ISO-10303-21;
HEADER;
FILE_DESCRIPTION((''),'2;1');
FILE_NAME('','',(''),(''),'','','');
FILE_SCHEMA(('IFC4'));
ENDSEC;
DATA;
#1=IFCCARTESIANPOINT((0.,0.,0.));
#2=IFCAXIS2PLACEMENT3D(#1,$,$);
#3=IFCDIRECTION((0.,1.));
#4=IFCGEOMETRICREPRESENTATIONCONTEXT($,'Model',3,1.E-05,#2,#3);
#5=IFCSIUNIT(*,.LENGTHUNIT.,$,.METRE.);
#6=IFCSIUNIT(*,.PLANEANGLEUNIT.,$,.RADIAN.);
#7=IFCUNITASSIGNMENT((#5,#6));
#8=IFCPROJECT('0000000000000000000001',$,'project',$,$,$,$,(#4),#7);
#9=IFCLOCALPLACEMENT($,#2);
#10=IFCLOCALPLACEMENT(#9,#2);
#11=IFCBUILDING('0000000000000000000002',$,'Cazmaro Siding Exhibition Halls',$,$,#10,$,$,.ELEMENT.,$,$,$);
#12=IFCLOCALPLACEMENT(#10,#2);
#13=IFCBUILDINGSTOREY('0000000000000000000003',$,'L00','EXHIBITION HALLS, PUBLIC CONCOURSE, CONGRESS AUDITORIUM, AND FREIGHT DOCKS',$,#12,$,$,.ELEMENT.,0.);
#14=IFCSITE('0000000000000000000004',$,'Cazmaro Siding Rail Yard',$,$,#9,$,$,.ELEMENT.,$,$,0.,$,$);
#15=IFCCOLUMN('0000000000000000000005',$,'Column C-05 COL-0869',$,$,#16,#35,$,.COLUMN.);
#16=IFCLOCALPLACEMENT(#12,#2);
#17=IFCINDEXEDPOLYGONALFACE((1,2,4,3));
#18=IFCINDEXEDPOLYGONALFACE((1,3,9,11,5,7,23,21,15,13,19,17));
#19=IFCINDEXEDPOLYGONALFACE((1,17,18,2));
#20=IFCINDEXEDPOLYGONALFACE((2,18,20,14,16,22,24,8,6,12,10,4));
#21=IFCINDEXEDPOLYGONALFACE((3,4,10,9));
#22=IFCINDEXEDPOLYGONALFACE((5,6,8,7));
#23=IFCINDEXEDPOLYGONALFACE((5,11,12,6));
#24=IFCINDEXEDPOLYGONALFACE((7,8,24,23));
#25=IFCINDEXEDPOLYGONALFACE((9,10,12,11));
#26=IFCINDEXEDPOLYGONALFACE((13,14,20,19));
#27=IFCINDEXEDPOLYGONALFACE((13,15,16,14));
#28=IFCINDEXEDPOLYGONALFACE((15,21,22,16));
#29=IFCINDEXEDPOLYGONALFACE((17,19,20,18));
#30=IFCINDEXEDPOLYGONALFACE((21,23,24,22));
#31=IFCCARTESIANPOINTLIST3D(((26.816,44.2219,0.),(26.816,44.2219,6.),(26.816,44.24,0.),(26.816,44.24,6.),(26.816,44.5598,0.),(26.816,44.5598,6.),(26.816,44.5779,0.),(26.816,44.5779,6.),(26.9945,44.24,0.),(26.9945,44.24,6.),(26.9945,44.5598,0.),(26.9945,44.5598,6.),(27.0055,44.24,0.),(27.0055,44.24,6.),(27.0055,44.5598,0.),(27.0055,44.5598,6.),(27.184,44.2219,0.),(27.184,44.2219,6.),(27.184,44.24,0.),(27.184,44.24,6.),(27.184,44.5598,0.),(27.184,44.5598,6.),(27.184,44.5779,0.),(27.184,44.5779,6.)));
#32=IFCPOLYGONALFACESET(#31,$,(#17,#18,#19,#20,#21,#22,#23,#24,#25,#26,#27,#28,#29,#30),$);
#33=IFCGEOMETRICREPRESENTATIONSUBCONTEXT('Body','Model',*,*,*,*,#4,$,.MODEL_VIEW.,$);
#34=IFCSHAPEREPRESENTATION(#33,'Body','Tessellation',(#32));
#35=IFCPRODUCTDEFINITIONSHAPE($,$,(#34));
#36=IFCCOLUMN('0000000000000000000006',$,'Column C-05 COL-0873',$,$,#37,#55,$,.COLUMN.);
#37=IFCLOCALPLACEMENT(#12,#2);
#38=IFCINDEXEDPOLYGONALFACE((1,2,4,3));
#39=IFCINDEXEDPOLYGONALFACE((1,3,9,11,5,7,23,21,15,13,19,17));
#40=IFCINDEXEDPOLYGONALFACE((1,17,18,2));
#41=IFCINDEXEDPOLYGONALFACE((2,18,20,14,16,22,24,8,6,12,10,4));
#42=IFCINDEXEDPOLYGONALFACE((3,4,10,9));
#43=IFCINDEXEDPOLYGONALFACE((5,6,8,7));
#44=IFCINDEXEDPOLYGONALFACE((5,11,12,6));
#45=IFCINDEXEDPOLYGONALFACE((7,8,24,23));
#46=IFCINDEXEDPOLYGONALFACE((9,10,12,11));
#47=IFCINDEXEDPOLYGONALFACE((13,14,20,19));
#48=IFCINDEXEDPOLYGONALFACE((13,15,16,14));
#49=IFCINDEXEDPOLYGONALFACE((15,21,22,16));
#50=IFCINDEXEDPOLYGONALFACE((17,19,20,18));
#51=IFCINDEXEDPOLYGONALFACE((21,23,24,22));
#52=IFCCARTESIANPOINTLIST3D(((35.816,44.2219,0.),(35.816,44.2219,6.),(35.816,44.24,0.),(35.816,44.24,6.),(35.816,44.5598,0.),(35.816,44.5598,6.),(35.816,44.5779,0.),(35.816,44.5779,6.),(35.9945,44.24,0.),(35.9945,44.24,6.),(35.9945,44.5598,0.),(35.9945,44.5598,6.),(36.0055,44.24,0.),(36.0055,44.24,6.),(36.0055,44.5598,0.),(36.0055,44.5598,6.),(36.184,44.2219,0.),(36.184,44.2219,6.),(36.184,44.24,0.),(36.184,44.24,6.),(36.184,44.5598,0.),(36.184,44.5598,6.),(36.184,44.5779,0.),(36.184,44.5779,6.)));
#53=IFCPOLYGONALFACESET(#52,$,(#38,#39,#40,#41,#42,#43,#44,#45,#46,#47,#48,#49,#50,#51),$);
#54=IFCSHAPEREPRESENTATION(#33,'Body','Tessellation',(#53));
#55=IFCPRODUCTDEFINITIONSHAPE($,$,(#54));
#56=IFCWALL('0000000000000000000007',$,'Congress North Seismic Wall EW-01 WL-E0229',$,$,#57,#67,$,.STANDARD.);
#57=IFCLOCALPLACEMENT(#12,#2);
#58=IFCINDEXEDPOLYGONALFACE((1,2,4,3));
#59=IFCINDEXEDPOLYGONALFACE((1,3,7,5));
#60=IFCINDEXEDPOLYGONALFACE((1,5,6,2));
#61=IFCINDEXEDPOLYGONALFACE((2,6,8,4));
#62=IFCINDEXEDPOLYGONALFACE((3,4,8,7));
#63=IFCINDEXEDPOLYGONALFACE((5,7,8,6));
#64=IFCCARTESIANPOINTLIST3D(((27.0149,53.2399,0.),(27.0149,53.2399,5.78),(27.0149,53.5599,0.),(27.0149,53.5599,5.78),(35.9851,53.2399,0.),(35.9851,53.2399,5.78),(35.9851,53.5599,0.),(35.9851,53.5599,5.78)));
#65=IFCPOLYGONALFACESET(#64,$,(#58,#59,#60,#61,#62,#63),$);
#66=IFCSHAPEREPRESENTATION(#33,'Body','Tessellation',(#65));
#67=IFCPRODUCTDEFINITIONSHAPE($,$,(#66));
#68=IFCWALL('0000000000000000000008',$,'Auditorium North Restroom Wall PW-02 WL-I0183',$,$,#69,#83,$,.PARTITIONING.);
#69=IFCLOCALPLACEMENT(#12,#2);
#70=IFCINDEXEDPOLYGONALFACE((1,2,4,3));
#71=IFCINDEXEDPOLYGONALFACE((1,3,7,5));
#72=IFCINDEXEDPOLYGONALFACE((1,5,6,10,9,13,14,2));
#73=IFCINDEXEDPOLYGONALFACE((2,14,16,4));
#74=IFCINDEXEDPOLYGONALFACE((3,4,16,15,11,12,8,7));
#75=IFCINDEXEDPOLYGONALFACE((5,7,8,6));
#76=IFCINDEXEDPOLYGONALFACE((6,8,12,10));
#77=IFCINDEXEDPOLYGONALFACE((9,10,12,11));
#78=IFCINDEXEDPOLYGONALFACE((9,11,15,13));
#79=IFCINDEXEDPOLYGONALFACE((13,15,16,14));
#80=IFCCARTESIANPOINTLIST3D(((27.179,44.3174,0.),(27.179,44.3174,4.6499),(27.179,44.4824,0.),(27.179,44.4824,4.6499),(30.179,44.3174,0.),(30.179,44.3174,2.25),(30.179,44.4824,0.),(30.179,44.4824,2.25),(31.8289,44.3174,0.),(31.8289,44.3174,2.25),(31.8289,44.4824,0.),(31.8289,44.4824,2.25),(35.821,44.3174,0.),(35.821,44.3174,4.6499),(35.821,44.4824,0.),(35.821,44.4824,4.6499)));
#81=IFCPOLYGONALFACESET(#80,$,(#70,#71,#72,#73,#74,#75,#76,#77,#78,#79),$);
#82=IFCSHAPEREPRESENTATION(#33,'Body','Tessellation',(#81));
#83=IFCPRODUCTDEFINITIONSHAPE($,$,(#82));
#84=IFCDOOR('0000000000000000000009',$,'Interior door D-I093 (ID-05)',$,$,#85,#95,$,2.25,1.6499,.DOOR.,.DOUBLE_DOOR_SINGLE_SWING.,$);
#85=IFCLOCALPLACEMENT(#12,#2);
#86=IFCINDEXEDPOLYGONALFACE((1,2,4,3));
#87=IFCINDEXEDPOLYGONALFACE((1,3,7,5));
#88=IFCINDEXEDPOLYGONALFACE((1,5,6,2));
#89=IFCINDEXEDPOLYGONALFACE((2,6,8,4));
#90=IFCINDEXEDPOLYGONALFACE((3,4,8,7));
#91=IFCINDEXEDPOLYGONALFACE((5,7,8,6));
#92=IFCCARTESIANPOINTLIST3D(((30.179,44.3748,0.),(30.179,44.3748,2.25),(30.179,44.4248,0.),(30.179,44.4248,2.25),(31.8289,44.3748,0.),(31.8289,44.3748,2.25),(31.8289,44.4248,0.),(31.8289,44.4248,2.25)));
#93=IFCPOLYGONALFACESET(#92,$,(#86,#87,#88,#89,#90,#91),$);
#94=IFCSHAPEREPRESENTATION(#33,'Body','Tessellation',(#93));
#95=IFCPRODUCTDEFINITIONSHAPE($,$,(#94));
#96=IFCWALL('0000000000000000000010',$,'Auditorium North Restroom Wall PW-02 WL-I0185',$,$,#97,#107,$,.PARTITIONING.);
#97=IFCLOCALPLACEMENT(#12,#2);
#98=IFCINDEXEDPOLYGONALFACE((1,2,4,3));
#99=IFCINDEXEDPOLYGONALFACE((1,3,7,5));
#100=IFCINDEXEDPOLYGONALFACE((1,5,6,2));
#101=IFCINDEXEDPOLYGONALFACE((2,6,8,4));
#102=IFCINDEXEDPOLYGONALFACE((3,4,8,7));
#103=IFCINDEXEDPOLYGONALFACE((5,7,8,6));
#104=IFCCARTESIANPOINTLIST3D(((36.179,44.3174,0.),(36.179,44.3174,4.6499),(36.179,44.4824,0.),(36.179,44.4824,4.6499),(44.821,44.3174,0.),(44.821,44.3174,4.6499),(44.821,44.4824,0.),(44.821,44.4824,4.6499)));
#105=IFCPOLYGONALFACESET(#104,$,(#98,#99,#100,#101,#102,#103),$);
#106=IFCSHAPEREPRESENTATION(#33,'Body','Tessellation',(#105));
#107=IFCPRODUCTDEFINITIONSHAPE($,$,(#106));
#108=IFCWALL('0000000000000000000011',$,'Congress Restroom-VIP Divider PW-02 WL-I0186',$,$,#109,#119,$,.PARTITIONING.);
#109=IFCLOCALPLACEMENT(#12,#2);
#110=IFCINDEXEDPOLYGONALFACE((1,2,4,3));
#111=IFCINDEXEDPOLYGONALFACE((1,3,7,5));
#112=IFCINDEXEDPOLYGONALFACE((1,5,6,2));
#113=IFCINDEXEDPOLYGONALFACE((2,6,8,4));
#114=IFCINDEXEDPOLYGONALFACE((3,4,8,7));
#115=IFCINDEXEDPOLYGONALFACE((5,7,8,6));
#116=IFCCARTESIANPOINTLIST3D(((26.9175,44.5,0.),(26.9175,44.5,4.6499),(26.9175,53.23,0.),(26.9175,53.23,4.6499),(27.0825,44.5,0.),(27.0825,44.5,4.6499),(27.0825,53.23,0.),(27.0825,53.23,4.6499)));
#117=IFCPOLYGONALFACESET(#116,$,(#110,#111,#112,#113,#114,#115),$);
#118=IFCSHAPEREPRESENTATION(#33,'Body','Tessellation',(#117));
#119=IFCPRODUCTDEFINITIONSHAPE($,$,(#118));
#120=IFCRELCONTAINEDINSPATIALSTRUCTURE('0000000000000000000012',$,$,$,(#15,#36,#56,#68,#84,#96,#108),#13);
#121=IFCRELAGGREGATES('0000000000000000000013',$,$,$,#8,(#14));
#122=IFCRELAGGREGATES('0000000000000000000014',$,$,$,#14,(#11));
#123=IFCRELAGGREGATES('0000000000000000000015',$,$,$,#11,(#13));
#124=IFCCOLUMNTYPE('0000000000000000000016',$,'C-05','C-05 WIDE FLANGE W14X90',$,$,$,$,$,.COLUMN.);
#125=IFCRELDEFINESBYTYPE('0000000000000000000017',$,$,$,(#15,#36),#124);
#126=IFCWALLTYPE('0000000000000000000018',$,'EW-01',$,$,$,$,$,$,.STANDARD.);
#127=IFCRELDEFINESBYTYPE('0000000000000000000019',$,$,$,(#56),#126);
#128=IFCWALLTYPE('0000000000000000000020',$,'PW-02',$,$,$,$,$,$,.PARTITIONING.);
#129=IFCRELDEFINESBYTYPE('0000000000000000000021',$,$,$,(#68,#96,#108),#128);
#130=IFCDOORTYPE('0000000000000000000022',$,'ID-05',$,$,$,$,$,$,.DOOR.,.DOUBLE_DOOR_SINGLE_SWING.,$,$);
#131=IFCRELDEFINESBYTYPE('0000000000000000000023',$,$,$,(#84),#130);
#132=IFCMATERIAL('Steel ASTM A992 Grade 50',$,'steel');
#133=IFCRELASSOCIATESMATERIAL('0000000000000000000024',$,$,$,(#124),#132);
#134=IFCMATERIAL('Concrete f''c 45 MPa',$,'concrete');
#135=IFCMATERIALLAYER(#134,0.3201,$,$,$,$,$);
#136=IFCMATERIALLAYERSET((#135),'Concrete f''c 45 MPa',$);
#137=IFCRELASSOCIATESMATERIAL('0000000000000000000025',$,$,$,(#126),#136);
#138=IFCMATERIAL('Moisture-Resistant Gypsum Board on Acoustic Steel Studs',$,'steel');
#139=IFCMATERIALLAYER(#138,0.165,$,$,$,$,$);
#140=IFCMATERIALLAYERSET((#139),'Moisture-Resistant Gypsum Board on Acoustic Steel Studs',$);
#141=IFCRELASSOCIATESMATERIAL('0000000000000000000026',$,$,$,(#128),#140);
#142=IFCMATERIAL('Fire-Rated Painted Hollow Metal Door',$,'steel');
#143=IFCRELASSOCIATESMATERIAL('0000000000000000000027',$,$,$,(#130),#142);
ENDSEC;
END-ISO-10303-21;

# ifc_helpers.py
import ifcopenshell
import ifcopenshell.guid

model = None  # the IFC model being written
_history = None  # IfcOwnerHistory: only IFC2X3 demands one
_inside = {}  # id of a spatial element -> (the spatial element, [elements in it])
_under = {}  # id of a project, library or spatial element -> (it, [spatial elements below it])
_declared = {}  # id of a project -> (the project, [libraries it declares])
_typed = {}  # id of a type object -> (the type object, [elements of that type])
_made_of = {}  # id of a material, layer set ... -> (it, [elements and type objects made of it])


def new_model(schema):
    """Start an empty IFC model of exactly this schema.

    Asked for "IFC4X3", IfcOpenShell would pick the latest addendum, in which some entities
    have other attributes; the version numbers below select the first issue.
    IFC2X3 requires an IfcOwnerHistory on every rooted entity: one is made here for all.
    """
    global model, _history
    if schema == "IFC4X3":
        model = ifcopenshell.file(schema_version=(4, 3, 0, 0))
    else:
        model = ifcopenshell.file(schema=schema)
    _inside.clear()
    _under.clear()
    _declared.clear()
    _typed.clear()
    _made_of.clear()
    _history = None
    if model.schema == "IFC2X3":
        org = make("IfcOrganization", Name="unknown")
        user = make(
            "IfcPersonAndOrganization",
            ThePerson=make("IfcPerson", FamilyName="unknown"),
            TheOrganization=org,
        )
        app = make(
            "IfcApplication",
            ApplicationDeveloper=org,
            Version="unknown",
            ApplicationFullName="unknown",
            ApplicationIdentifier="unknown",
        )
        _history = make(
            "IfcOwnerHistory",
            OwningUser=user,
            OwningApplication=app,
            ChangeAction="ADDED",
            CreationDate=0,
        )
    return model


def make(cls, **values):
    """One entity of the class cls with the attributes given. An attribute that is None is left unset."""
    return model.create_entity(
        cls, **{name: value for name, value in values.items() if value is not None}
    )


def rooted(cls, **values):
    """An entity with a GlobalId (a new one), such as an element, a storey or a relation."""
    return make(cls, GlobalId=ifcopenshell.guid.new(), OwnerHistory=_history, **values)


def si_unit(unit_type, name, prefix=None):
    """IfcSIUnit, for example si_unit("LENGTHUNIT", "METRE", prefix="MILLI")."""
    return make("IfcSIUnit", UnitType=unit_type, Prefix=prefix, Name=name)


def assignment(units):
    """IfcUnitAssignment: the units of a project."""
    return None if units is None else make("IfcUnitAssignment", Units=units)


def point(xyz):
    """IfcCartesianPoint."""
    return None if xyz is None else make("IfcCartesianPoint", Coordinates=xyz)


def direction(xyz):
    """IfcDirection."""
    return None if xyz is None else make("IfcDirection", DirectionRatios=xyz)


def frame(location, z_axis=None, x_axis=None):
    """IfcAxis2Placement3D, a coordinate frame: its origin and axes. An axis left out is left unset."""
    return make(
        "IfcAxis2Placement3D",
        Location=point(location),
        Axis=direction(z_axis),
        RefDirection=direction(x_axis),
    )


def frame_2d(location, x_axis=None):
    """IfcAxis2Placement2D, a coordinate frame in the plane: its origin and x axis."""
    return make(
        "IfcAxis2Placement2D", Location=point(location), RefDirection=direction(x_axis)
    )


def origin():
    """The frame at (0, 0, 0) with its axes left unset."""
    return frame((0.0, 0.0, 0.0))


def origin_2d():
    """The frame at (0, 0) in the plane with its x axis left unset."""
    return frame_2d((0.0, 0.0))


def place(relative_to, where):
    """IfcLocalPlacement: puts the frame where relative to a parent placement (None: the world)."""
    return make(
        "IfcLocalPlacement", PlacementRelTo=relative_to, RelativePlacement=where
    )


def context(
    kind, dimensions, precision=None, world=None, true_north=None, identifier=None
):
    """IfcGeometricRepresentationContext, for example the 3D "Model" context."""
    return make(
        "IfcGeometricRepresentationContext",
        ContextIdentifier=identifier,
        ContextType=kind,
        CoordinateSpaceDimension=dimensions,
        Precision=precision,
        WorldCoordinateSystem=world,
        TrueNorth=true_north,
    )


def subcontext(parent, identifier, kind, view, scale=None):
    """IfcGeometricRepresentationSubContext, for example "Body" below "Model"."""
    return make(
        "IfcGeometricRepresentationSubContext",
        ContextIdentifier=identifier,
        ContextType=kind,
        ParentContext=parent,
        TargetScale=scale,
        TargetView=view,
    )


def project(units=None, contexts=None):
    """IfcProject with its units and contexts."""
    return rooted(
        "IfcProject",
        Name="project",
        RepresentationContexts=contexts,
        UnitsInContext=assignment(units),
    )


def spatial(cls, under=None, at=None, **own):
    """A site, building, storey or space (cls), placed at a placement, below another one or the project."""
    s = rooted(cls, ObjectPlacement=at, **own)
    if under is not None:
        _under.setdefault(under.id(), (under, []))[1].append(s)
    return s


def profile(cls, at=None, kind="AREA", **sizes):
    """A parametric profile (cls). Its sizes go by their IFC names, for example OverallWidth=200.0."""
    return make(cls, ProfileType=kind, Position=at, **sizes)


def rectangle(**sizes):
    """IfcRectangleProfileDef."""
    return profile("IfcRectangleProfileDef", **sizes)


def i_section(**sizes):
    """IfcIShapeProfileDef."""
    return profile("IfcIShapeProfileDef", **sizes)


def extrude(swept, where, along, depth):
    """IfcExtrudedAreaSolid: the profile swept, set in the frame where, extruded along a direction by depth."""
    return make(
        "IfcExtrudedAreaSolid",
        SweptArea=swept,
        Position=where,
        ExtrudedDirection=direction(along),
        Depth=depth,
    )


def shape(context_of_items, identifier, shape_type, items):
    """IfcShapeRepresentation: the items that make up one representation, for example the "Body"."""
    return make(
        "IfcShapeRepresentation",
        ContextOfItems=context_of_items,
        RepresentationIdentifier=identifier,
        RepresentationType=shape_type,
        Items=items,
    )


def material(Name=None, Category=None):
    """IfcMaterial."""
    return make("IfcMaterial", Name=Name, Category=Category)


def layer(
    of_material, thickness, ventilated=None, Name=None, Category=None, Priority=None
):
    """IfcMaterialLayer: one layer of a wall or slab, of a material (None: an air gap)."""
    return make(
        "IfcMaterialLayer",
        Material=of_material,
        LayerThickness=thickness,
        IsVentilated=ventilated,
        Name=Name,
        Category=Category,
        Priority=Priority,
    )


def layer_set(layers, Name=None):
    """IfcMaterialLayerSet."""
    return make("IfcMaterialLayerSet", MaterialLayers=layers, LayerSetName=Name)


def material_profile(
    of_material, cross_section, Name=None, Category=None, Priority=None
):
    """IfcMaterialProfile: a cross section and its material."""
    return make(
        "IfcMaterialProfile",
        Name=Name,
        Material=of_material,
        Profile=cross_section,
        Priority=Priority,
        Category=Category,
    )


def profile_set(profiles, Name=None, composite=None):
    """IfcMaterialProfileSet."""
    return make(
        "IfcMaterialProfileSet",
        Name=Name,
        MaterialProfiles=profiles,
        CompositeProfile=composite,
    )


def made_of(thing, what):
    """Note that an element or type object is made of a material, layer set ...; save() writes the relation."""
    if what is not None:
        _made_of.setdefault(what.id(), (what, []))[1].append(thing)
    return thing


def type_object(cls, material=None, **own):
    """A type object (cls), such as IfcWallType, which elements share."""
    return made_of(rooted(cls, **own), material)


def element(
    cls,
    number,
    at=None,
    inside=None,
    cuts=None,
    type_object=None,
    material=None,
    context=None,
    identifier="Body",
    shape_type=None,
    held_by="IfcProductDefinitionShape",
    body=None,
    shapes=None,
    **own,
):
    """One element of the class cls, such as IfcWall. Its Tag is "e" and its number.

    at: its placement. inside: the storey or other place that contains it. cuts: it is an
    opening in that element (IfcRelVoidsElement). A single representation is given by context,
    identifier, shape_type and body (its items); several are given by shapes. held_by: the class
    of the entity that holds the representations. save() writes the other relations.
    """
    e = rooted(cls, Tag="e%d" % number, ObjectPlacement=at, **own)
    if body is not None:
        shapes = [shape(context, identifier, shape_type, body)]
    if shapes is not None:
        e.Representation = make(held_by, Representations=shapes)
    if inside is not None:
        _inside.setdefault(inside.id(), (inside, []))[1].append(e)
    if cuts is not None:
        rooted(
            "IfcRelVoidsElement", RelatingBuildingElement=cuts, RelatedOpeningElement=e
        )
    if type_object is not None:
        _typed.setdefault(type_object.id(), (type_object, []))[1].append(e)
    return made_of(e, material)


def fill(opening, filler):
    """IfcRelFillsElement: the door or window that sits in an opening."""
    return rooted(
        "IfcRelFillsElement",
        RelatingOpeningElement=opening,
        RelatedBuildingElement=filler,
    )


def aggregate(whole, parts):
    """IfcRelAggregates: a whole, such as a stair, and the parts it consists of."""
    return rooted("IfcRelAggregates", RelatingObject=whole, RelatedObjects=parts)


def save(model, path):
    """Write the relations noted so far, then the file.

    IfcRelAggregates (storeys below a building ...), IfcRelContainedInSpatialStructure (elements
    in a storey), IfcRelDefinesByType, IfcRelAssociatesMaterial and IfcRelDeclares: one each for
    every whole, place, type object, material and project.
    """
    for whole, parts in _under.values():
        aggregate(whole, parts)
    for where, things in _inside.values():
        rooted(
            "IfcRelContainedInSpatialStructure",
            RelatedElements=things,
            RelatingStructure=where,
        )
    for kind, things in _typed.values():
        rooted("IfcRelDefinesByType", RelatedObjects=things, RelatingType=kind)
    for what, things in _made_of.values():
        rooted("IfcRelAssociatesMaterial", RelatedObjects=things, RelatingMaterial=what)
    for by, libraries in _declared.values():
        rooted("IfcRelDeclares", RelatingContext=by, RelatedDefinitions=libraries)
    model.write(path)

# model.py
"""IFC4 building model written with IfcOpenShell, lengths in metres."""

from ifc_helpers import new_model, si_unit, direction, frame, frame_2d, origin, origin_2d, place, context, subcontext, project, spatial, rectangle, i_section, extrude, material, layer, layer_set, material_profile, profile_set, type_object, element, fill, save


model = new_model("IFC4")

# Units and contexts
model_context = context("Model", 3, precision=1e-05, world=origin(), true_north=direction((0.0, 1.0)))
body_context = subcontext(model_context, "Body", "Model", "MODEL_VIEW")
ifc_project = project(units=[si_unit("LENGTHUNIT", "METRE"), si_unit("PLANEANGLEUNIT", "RADIAN")], contexts=[model_context])

# Site, building, storey
site_placement = place(None, origin())
site = spatial("IfcSite", under=ifc_project, at=site_placement, Name="Cazmaro Siding Rail Yard", CompositionType="ELEMENT", RefElevation=0.0)
building_placement = place(site_placement, origin())
building = spatial("IfcBuilding", under=site, at=building_placement, Name="Cazmaro Siding Exhibition Halls", CompositionType="ELEMENT")
storey_placement = place(building_placement, origin())
storey = spatial("IfcBuildingStorey", under=building, at=storey_placement, Name="L00", Description="EXHIBITION HALLS, PUBLIC CONCOURSE, CONGRESS AUDITORIUM, AND FREIGHT DOCKS", CompositionType="ELEMENT", Elevation=0.0)

# Columns
ifc_material_1 = material(Name="Steel ASTM A992 Grade 50", Category="steel")
ifc_material_profile_1 = material_profile(ifc_material_1, i_section(OverallWidth=0.3679, OverallDepth=0.356, WebThickness=0.011, FlangeThickness=0.0181, at=origin_2d()), Name="W14X90")
ifc_profile_set_1 = profile_set([ifc_material_profile_1], Name="Steel ASTM A992 Grade 50")
column_type_1 = type_object("IfcColumnType", Name="C-05", Description="C-05 WIDE FLANGE W14X90", PredefinedType="COLUMN", material=ifc_profile_set_1)
for number, where, z_axis, x_axis, name in (
    (1, (27.0, 44.3999, 0.0), (0.0, 0.0, 1.0), (1.0, 0.0, 0.0), "Column C-05 COL-0869"),
    (2, (36.0, 44.3999, 0.0), (0.0, 0.0, 1.0), (1.0, 0.0, 0.0), "Column C-05 COL-0873"),
):
    element("IfcColumn", number, at=place(storey_placement, frame(where, z_axis=z_axis, x_axis=x_axis)), inside=storey, type_object=column_type_1, Name=name, PredefinedType="COLUMN", context=body_context, shape_type="SweptSolid", body=[
        extrude(i_section(OverallWidth=0.3679, OverallDepth=0.356, WebThickness=0.011, FlangeThickness=0.0181, at=origin_2d()), origin(), (0.0, 0.0, 1.0), 6.0),
    ])

# Wall
ifc_material_2 = material(Name="Concrete f'c 45 MPa", Category="concrete")
ifc_layer_1 = layer(ifc_material_2, 0.3201)
ifc_layer_set_1 = layer_set([ifc_layer_1], Name="Concrete f'c 45 MPa")
wall_type_1 = type_object("IfcWallType", Name="EW-01", PredefinedType="STANDARD", material=ifc_layer_set_1)
wall_1_placement = place(storey_placement, frame((27.0149, 53.3999, 0.0), z_axis=(0.0, 0.0, 1.0), x_axis=(1.0, 0.0, 0.0)))
element("IfcWall", 3, at=wall_1_placement, inside=storey, type_object=wall_type_1, Name="Congress North Seismic Wall EW-01 WL-E0229", PredefinedType="STANDARD", context=body_context, shape_type="SweptSolid", body=[
    extrude(rectangle(XDim=8.9702, YDim=0.3201, at=frame_2d((4.4851, 0.0))), origin(), (0.0, 0.0, 1.0), 5.78),
])

# Wall, opening, door
ifc_material_3 = material(Name="Moisture-Resistant Gypsum Board on Acoustic Steel Studs", Category="steel")
ifc_layer_2 = layer(ifc_material_3, 0.165)
ifc_layer_set_2 = layer_set([ifc_layer_2], Name="Moisture-Resistant Gypsum Board on Acoustic Steel Studs")
wall_type_2 = type_object("IfcWallType", Name="PW-02", PredefinedType="PARTITIONING", material=ifc_layer_set_2)
wall_2_placement = place(storey_placement, frame((27.179, 44.3999, 0.0), z_axis=(0.0, 0.0, 1.0), x_axis=(1.0, 0.0, 0.0)))
wall_2 = element("IfcWall", 4, at=wall_2_placement, inside=storey, type_object=wall_type_2, Name="Auditorium North Restroom Wall PW-02 WL-I0183", PredefinedType="PARTITIONING", context=body_context, shape_type="SweptSolid", body=[
    extrude(rectangle(XDim=8.6421, YDim=0.165, at=frame_2d((4.321, 0.0))), origin(), (0.0, 0.0, 1.0), 4.6499),
])
opening_placement = place(wall_2_placement, frame((3.0, 0.0, 0.0)))
opening = element("IfcOpeningElement", 5, at=opening_placement, cuts=wall_2, PredefinedType="OPENING", context=body_context, shape_type="SweptSolid", body=[
    extrude(rectangle(XDim=1.6499, YDim=2.25, at=frame_2d((0.825, 1.125))), frame((0.0, 0.0925, 0.0), z_axis=(0.0, -1.0, 0.0), x_axis=(1.0, 0.0, 0.0)), (0.0, 0.0, 1.0), 0.1851),
])
ifc_material_4 = material(Name="Fire-Rated Painted Hollow Metal Door", Category="steel")
door_type = type_object("IfcDoorType", Name="ID-05", OperationType="DOUBLE_DOOR_SINGLE_SWING", PredefinedType="DOOR", material=ifc_material_4)
door_placement = place(opening_placement, origin())
door = element("IfcDoor", 6, at=door_placement, inside=storey, type_object=door_type, Name="Interior door D-I093 (ID-05)", OperationType="DOUBLE_DOOR_SINGLE_SWING", OverallHeight=2.25, OverallWidth=1.6499, PredefinedType="DOOR", context=body_context, shape_type="SweptSolid", body=[
    extrude(rectangle(XDim=1.6499, YDim=2.25, at=frame_2d((0.825, 1.125))), frame((0.0, 0.0249, 0.0), z_axis=(0.0, -1.0, 0.0), x_axis=(1.0, 0.0, 0.0)), (0.0, 0.0, 1.0), 0.05),
])
fill(opening, door)

# Walls
wall_3_placement = place(storey_placement, frame((36.179, 44.3999, 0.0), z_axis=(0.0, 0.0, 1.0), x_axis=(1.0, 0.0, 0.0)))
element("IfcWall", 7, at=wall_3_placement, inside=storey, type_object=wall_type_2, Name="Auditorium North Restroom Wall PW-02 WL-I0185", PredefinedType="PARTITIONING", context=body_context, shape_type="SweptSolid", body=[
    extrude(rectangle(XDim=8.6421, YDim=0.165, at=frame_2d((4.321, 0.0))), origin(), (0.0, 0.0, 1.0), 4.6499),
])
wall_4_placement = place(storey_placement, frame((27.0, 44.5, 0.0), z_axis=(0.0, 0.0, 1.0), x_axis=(0.0, 1.0, 0.0)))
element("IfcWall", 8, at=wall_4_placement, inside=storey, type_object=wall_type_2, Name="Congress Restroom-VIP Divider PW-02 WL-I0186", PredefinedType="PARTITIONING", context=body_context, shape_type="SweptSolid", body=[
    extrude(rectangle(XDim=8.73, YDim=0.165, at=frame_2d((4.365, 0.0))), origin(), (0.0, 0.0, 1.0), 4.6499),
])

save(model, "model.ifc")
